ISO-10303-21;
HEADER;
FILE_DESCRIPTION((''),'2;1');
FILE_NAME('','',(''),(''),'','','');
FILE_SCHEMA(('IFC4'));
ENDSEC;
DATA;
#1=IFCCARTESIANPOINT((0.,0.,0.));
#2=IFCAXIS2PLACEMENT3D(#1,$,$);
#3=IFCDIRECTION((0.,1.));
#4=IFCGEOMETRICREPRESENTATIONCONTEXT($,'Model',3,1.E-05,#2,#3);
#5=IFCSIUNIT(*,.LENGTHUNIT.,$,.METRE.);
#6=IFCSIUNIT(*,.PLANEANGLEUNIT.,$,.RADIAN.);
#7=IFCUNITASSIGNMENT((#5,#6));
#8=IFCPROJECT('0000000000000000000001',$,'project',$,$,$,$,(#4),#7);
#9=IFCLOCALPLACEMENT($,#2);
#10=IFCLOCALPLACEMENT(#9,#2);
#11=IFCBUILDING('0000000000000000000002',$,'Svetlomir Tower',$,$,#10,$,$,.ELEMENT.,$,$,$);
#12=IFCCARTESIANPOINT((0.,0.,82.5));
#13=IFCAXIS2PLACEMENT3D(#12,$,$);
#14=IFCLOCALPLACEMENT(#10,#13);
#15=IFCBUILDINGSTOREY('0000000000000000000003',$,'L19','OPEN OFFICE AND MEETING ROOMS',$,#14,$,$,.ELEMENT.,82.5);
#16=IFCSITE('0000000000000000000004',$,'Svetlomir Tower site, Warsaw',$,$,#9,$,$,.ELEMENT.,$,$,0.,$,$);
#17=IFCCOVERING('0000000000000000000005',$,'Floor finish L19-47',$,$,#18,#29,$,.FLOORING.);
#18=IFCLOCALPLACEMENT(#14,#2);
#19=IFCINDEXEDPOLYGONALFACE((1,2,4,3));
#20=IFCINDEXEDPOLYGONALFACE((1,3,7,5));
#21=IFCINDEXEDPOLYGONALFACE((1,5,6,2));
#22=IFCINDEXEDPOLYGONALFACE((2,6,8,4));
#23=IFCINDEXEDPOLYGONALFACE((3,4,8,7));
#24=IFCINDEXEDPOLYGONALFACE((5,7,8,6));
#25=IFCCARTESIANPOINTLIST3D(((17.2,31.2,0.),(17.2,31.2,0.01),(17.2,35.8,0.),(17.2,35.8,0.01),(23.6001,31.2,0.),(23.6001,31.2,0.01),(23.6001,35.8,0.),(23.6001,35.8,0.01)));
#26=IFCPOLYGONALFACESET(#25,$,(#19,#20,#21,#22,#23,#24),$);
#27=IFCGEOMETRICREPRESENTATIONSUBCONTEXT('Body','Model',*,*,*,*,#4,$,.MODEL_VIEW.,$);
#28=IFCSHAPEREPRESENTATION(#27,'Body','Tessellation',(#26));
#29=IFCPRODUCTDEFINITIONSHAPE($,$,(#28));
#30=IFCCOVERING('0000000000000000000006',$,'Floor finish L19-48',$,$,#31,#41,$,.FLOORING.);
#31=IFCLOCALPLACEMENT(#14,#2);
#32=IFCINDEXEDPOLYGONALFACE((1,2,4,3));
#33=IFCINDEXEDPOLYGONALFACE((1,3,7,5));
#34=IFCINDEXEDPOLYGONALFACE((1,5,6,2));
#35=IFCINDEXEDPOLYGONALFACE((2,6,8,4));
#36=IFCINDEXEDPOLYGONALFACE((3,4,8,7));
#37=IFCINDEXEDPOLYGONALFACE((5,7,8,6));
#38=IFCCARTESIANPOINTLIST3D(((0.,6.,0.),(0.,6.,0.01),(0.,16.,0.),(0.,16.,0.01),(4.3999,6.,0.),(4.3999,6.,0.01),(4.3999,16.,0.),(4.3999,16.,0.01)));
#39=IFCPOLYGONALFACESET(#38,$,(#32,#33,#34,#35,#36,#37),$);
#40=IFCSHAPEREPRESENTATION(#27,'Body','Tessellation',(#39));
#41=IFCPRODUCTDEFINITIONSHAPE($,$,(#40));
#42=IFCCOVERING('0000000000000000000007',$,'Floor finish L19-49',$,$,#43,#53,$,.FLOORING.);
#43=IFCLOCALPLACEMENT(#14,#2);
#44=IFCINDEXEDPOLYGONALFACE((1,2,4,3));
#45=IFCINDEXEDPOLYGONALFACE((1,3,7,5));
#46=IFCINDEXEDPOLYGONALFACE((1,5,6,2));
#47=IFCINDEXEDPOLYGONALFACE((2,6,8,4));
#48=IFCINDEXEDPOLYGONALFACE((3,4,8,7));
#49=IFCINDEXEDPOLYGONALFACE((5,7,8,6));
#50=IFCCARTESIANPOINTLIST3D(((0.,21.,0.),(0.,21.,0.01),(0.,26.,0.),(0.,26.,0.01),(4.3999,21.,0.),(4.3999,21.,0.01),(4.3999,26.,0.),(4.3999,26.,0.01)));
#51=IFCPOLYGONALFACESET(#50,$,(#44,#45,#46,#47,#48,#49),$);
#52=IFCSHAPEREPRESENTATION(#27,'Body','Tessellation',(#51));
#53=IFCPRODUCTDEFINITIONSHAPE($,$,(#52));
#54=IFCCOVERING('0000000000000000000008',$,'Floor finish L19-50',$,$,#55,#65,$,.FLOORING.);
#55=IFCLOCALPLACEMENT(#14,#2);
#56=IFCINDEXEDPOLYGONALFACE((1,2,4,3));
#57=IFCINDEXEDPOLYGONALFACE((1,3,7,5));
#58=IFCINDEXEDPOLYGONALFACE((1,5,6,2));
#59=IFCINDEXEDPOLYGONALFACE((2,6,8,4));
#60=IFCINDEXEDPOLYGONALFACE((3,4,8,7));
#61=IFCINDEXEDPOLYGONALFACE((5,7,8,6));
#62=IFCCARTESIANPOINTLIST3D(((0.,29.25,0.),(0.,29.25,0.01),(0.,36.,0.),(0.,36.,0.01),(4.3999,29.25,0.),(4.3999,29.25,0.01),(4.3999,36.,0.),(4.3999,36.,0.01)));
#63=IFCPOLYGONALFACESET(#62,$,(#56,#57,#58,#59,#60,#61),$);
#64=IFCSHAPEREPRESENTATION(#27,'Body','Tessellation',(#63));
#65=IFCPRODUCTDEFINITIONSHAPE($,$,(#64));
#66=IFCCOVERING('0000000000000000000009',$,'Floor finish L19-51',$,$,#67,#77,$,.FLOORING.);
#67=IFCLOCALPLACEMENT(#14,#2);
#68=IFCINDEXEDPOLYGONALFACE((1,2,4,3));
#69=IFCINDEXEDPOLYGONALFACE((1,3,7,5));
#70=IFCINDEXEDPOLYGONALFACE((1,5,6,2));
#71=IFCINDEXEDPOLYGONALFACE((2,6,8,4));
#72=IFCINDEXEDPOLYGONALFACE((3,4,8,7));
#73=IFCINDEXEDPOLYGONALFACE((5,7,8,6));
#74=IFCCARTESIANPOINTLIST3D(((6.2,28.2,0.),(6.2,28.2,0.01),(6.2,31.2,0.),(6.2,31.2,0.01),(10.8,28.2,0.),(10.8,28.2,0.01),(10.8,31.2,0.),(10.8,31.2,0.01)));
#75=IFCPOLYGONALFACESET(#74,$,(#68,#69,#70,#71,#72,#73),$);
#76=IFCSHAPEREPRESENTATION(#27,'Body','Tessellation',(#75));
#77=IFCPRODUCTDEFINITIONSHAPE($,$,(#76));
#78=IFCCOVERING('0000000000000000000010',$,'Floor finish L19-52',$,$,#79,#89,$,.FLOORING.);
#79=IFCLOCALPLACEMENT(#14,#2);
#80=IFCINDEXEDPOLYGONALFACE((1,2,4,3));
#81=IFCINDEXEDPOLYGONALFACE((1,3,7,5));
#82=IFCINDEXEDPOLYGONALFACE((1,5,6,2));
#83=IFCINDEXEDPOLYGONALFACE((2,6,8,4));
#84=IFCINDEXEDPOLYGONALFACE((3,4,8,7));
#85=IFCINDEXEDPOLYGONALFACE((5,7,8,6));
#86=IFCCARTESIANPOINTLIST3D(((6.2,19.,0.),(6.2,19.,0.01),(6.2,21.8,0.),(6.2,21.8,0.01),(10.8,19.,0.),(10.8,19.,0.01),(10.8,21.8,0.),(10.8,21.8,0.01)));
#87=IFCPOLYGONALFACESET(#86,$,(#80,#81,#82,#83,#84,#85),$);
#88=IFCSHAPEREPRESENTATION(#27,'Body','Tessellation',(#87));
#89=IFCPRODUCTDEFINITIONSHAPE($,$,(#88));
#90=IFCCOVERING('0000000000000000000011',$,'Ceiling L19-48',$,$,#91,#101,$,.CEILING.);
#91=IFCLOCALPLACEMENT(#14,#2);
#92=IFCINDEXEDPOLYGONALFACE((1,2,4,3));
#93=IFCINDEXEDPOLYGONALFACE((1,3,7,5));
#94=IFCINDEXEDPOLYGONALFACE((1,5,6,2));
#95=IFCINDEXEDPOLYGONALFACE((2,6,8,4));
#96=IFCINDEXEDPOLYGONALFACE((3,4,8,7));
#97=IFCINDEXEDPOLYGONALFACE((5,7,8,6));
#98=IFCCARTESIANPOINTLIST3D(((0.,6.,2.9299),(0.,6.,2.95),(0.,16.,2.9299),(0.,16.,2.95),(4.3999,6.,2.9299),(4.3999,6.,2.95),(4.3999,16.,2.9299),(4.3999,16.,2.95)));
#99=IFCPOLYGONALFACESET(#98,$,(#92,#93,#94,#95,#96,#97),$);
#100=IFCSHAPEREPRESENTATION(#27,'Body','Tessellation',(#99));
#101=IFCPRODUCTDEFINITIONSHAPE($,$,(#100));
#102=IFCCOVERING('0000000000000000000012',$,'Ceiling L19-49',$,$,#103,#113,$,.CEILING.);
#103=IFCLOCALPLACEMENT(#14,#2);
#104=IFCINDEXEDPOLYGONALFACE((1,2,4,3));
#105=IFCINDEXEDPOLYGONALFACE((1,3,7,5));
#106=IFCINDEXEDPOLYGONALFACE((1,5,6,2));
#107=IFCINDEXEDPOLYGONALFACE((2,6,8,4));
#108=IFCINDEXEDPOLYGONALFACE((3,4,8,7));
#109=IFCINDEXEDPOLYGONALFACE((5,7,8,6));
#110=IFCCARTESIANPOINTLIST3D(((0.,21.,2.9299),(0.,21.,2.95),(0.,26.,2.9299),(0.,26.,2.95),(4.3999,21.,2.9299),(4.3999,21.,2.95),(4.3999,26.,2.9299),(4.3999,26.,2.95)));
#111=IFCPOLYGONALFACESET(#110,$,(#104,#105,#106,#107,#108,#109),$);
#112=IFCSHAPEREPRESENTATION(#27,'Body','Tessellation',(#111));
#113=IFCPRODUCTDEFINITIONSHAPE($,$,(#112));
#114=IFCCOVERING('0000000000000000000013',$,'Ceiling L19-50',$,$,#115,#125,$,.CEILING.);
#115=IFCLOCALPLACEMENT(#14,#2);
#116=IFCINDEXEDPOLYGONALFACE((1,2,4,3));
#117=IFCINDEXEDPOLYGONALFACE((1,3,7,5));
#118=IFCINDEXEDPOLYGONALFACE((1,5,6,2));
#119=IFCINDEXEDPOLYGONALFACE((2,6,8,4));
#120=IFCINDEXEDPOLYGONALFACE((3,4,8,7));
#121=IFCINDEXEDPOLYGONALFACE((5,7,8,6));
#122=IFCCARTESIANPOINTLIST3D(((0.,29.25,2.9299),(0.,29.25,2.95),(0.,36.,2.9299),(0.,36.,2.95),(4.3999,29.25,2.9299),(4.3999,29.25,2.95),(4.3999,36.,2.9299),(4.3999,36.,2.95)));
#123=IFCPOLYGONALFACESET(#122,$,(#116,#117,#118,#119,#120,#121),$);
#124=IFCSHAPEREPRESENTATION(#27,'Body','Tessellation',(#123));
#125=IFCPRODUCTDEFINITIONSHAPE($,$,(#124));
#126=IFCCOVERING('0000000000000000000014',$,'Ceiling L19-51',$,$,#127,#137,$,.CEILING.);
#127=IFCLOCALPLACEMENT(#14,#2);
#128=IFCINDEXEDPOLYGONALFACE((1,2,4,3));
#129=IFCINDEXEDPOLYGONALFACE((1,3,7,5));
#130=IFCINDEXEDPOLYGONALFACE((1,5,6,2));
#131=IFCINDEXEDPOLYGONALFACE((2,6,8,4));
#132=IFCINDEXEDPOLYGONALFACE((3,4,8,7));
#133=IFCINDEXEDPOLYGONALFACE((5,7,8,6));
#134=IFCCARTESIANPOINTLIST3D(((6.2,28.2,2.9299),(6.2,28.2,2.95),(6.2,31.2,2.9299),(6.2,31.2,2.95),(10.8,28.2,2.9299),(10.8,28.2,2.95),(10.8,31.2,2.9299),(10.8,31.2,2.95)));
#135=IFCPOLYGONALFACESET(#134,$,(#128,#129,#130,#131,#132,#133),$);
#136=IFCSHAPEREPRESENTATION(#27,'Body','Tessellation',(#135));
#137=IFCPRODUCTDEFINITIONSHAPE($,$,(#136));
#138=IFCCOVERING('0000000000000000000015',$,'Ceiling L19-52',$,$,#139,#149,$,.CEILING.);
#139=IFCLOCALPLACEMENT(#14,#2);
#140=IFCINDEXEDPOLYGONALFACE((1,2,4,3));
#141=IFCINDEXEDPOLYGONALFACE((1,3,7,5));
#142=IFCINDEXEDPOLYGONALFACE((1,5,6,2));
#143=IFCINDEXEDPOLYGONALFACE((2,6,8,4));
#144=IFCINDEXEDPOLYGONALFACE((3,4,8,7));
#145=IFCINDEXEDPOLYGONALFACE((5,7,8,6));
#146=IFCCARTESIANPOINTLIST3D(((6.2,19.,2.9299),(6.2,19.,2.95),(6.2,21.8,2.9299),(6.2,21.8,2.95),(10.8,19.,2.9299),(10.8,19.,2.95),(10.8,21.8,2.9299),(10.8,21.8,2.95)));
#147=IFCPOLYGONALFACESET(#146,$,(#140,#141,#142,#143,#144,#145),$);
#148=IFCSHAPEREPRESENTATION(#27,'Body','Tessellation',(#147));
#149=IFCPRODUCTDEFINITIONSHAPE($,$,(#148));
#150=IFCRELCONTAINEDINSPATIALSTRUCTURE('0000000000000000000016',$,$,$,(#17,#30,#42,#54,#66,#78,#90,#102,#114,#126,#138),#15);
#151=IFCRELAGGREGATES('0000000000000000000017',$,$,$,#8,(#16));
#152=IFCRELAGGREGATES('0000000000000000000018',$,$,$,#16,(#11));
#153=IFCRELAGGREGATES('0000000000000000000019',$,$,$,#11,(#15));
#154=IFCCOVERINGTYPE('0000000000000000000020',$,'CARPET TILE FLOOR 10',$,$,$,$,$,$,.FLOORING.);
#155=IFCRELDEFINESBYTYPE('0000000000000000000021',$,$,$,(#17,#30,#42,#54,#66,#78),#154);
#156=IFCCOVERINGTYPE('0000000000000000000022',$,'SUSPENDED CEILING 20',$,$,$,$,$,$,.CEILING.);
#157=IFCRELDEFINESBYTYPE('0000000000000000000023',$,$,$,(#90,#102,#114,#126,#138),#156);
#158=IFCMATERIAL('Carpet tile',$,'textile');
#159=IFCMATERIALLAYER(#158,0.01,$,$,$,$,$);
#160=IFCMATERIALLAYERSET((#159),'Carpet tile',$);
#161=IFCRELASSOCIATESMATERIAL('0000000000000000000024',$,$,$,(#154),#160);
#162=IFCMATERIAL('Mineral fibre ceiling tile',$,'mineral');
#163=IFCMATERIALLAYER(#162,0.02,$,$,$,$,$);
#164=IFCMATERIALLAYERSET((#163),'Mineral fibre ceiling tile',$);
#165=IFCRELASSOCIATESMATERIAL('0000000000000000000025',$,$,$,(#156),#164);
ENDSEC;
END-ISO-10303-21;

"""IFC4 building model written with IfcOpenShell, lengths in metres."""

from ifc_helpers import new_model, si_unit, direction, frame, origin, place, context, subcontext, project, spatial, polyline, outline, extrude, material, layer, layer_set, type_object, element, save


model = new_model("IFC4")

# Units and contexts
model_context = context("Model", 3, precision=1e-05, world=origin(), true_north=direction((0.0, 1.0)))
body_context = subcontext(model_context, "Body", "Model", "MODEL_VIEW")
ifc_project = project(units=[si_unit("LENGTHUNIT", "METRE"), si_unit("PLANEANGLEUNIT", "RADIAN")], contexts=[model_context])

# Site, building, storey
site_placement = place(None, origin())
site = spatial("IfcSite", under=ifc_project, at=site_placement, Name="Svetlomir Tower site, Warsaw", CompositionType="ELEMENT", RefElevation=0.0)
building_placement = place(site_placement, origin())
building = spatial("IfcBuilding", under=site, at=building_placement, Name="Svetlomir Tower", CompositionType="ELEMENT")
storey_placement = place(building_placement, frame((0.0, 0.0, 82.5)))
storey = spatial("IfcBuildingStorey", under=building, at=storey_placement, Name="L19", Description="OPEN OFFICE AND MEETING ROOMS", CompositionType="ELEMENT", Elevation=82.5)

# Coverings
ifc_material_1 = material(Name="Carpet tile", Category="textile")
ifc_layer_1 = layer(ifc_material_1, 0.01)
ifc_layer_set_1 = layer_set([ifc_layer_1], Name="Carpet tile")
covering_type_1 = type_object("IfcCoveringType", Name="CARPET TILE FLOOR 10", PredefinedType="FLOORING", material=ifc_layer_set_1)
covering_1_placement = place(storey_placement, origin())
element("IfcCovering", 1, at=covering_1_placement, inside=storey, type_object=covering_type_1, Name="Floor finish L19-47", PredefinedType="FLOORING", context=body_context, shape_type="SweptSolid", body=[
    extrude(outline(polyline([(17.2, 31.2), (17.2, 35.8), (23.6001, 35.8), (23.6001, 31.2), (17.2, 31.2)])), origin(), (0.0, 0.0, 1.0), 0.01),
])
covering_2_placement = place(storey_placement, origin())
element("IfcCovering", 2, at=covering_2_placement, inside=storey, type_object=covering_type_1, Name="Floor finish L19-48", PredefinedType="FLOORING", context=body_context, shape_type="SweptSolid", body=[
    extrude(outline(polyline([(0.0, 16.0), (4.3999, 16.0), (4.3999, 6.0), (0.0, 6.0), (0.0, 16.0)])), origin(), (0.0, 0.0, 1.0), 0.01),
])
covering_3_placement = place(storey_placement, origin())
element("IfcCovering", 3, at=covering_3_placement, inside=storey, type_object=covering_type_1, Name="Floor finish L19-49", PredefinedType="FLOORING", context=body_context, shape_type="SweptSolid", body=[
    extrude(outline(polyline([(0.0, 26.0), (4.3999, 26.0), (4.3999, 21.0), (0.0, 21.0), (0.0, 26.0)])), origin(), (0.0, 0.0, 1.0), 0.01),
])
covering_4_placement = place(storey_placement, origin())
element("IfcCovering", 4, at=covering_4_placement, inside=storey, type_object=covering_type_1, Name="Floor finish L19-50", PredefinedType="FLOORING", context=body_context, shape_type="SweptSolid", body=[
    extrude(outline(polyline([(0.0, 36.0), (4.3999, 36.0), (4.3999, 29.25), (0.0, 29.25), (0.0, 36.0)])), origin(), (0.0, 0.0, 1.0), 0.01),
])
covering_5_placement = place(storey_placement, origin())
element("IfcCovering", 5, at=covering_5_placement, inside=storey, type_object=covering_type_1, Name="Floor finish L19-51", PredefinedType="FLOORING", context=body_context, shape_type="SweptSolid", body=[
    extrude(outline(polyline([(6.2, 28.2), (6.2, 31.2), (10.8, 31.2), (10.8, 28.2), (6.2, 28.2)])), origin(), (0.0, 0.0, 1.0), 0.01),
])
covering_6_placement = place(storey_placement, origin())
element("IfcCovering", 6, at=covering_6_placement, inside=storey, type_object=covering_type_1, Name="Floor finish L19-52", PredefinedType="FLOORING", context=body_context, shape_type="SweptSolid", body=[
    extrude(outline(polyline([(6.2, 19.0), (6.2, 21.8), (10.8, 21.8), (10.8, 19.0), (6.2, 19.0)])), origin(), (0.0, 0.0, 1.0), 0.01),
])
ifc_material_2 = material(Name="Mineral fibre ceiling tile", Category="mineral")
ifc_layer_2 = layer(ifc_material_2, 0.02)
ifc_layer_set_2 = layer_set([ifc_layer_2], Name="Mineral fibre ceiling tile")
covering_type_2 = type_object("IfcCoveringType", Name="SUSPENDED CEILING 20", PredefinedType="CEILING", material=ifc_layer_set_2)
covering_7_placement = place(storey_placement, frame((0.0, 0.0, 2.9299)))
element("IfcCovering", 7, at=covering_7_placement, inside=storey, type_object=covering_type_2, Name="Ceiling L19-48", PredefinedType="CEILING", context=body_context, shape_type="SweptSolid", body=[
    extrude(outline(polyline([(0.0, 16.0), (4.3999, 16.0), (4.3999, 6.0), (0.0, 6.0), (0.0, 16.0)])), origin(), (0.0, 0.0, 1.0), 0.02),
])
covering_8_placement = place(storey_placement, frame((0.0, 0.0, 2.9299)))
element("IfcCovering", 8, at=covering_8_placement, inside=storey, type_object=covering_type_2, Name="Ceiling L19-49", PredefinedType="CEILING", context=body_context, shape_type="SweptSolid", body=[
    extrude(outline(polyline([(0.0, 26.0), (4.3999, 26.0), (4.3999, 21.0), (0.0, 21.0), (0.0, 26.0)])), origin(), (0.0, 0.0, 1.0), 0.02),
])
covering_9_placement = place(storey_placement, frame((0.0, 0.0, 2.9299)))
element("IfcCovering", 9, at=covering_9_placement, inside=storey, type_object=covering_type_2, Name="Ceiling L19-50", PredefinedType="CEILING", context=body_context, shape_type="SweptSolid", body=[
    extrude(outline(polyline([(0.0, 36.0), (4.3999, 36.0), (4.3999, 29.25), (0.0, 29.25), (0.0, 36.0)])), origin(), (0.0, 0.0, 1.0), 0.02),
])
covering_10_placement = place(storey_placement, frame((0.0, 0.0, 2.9299)))
element("IfcCovering", 10, at=covering_10_placement, inside=storey, type_object=covering_type_2, Name="Ceiling L19-51", PredefinedType="CEILING", context=body_context, shape_type="SweptSolid", body=[
    extrude(outline(polyline([(6.2, 28.2), (6.2, 31.2), (10.8, 31.2), (10.8, 28.2), (6.2, 28.2)])), origin(), (0.0, 0.0, 1.0), 0.02),
])
covering_11_placement = place(storey_placement, frame((0.0, 0.0, 2.9299)))
element("IfcCovering", 11, at=covering_11_placement, inside=storey, type_object=covering_type_2, Name="Ceiling L19-52", PredefinedType="CEILING", context=body_context, shape_type="SweptSolid", body=[
    extrude(outline(polyline([(6.2, 19.0), (6.2, 21.8), (10.8, 21.8), (10.8, 19.0), (6.2, 19.0)])), origin(), (0.0, 0.0, 1.0), 0.02),
])

save(model, "model.ifc")
